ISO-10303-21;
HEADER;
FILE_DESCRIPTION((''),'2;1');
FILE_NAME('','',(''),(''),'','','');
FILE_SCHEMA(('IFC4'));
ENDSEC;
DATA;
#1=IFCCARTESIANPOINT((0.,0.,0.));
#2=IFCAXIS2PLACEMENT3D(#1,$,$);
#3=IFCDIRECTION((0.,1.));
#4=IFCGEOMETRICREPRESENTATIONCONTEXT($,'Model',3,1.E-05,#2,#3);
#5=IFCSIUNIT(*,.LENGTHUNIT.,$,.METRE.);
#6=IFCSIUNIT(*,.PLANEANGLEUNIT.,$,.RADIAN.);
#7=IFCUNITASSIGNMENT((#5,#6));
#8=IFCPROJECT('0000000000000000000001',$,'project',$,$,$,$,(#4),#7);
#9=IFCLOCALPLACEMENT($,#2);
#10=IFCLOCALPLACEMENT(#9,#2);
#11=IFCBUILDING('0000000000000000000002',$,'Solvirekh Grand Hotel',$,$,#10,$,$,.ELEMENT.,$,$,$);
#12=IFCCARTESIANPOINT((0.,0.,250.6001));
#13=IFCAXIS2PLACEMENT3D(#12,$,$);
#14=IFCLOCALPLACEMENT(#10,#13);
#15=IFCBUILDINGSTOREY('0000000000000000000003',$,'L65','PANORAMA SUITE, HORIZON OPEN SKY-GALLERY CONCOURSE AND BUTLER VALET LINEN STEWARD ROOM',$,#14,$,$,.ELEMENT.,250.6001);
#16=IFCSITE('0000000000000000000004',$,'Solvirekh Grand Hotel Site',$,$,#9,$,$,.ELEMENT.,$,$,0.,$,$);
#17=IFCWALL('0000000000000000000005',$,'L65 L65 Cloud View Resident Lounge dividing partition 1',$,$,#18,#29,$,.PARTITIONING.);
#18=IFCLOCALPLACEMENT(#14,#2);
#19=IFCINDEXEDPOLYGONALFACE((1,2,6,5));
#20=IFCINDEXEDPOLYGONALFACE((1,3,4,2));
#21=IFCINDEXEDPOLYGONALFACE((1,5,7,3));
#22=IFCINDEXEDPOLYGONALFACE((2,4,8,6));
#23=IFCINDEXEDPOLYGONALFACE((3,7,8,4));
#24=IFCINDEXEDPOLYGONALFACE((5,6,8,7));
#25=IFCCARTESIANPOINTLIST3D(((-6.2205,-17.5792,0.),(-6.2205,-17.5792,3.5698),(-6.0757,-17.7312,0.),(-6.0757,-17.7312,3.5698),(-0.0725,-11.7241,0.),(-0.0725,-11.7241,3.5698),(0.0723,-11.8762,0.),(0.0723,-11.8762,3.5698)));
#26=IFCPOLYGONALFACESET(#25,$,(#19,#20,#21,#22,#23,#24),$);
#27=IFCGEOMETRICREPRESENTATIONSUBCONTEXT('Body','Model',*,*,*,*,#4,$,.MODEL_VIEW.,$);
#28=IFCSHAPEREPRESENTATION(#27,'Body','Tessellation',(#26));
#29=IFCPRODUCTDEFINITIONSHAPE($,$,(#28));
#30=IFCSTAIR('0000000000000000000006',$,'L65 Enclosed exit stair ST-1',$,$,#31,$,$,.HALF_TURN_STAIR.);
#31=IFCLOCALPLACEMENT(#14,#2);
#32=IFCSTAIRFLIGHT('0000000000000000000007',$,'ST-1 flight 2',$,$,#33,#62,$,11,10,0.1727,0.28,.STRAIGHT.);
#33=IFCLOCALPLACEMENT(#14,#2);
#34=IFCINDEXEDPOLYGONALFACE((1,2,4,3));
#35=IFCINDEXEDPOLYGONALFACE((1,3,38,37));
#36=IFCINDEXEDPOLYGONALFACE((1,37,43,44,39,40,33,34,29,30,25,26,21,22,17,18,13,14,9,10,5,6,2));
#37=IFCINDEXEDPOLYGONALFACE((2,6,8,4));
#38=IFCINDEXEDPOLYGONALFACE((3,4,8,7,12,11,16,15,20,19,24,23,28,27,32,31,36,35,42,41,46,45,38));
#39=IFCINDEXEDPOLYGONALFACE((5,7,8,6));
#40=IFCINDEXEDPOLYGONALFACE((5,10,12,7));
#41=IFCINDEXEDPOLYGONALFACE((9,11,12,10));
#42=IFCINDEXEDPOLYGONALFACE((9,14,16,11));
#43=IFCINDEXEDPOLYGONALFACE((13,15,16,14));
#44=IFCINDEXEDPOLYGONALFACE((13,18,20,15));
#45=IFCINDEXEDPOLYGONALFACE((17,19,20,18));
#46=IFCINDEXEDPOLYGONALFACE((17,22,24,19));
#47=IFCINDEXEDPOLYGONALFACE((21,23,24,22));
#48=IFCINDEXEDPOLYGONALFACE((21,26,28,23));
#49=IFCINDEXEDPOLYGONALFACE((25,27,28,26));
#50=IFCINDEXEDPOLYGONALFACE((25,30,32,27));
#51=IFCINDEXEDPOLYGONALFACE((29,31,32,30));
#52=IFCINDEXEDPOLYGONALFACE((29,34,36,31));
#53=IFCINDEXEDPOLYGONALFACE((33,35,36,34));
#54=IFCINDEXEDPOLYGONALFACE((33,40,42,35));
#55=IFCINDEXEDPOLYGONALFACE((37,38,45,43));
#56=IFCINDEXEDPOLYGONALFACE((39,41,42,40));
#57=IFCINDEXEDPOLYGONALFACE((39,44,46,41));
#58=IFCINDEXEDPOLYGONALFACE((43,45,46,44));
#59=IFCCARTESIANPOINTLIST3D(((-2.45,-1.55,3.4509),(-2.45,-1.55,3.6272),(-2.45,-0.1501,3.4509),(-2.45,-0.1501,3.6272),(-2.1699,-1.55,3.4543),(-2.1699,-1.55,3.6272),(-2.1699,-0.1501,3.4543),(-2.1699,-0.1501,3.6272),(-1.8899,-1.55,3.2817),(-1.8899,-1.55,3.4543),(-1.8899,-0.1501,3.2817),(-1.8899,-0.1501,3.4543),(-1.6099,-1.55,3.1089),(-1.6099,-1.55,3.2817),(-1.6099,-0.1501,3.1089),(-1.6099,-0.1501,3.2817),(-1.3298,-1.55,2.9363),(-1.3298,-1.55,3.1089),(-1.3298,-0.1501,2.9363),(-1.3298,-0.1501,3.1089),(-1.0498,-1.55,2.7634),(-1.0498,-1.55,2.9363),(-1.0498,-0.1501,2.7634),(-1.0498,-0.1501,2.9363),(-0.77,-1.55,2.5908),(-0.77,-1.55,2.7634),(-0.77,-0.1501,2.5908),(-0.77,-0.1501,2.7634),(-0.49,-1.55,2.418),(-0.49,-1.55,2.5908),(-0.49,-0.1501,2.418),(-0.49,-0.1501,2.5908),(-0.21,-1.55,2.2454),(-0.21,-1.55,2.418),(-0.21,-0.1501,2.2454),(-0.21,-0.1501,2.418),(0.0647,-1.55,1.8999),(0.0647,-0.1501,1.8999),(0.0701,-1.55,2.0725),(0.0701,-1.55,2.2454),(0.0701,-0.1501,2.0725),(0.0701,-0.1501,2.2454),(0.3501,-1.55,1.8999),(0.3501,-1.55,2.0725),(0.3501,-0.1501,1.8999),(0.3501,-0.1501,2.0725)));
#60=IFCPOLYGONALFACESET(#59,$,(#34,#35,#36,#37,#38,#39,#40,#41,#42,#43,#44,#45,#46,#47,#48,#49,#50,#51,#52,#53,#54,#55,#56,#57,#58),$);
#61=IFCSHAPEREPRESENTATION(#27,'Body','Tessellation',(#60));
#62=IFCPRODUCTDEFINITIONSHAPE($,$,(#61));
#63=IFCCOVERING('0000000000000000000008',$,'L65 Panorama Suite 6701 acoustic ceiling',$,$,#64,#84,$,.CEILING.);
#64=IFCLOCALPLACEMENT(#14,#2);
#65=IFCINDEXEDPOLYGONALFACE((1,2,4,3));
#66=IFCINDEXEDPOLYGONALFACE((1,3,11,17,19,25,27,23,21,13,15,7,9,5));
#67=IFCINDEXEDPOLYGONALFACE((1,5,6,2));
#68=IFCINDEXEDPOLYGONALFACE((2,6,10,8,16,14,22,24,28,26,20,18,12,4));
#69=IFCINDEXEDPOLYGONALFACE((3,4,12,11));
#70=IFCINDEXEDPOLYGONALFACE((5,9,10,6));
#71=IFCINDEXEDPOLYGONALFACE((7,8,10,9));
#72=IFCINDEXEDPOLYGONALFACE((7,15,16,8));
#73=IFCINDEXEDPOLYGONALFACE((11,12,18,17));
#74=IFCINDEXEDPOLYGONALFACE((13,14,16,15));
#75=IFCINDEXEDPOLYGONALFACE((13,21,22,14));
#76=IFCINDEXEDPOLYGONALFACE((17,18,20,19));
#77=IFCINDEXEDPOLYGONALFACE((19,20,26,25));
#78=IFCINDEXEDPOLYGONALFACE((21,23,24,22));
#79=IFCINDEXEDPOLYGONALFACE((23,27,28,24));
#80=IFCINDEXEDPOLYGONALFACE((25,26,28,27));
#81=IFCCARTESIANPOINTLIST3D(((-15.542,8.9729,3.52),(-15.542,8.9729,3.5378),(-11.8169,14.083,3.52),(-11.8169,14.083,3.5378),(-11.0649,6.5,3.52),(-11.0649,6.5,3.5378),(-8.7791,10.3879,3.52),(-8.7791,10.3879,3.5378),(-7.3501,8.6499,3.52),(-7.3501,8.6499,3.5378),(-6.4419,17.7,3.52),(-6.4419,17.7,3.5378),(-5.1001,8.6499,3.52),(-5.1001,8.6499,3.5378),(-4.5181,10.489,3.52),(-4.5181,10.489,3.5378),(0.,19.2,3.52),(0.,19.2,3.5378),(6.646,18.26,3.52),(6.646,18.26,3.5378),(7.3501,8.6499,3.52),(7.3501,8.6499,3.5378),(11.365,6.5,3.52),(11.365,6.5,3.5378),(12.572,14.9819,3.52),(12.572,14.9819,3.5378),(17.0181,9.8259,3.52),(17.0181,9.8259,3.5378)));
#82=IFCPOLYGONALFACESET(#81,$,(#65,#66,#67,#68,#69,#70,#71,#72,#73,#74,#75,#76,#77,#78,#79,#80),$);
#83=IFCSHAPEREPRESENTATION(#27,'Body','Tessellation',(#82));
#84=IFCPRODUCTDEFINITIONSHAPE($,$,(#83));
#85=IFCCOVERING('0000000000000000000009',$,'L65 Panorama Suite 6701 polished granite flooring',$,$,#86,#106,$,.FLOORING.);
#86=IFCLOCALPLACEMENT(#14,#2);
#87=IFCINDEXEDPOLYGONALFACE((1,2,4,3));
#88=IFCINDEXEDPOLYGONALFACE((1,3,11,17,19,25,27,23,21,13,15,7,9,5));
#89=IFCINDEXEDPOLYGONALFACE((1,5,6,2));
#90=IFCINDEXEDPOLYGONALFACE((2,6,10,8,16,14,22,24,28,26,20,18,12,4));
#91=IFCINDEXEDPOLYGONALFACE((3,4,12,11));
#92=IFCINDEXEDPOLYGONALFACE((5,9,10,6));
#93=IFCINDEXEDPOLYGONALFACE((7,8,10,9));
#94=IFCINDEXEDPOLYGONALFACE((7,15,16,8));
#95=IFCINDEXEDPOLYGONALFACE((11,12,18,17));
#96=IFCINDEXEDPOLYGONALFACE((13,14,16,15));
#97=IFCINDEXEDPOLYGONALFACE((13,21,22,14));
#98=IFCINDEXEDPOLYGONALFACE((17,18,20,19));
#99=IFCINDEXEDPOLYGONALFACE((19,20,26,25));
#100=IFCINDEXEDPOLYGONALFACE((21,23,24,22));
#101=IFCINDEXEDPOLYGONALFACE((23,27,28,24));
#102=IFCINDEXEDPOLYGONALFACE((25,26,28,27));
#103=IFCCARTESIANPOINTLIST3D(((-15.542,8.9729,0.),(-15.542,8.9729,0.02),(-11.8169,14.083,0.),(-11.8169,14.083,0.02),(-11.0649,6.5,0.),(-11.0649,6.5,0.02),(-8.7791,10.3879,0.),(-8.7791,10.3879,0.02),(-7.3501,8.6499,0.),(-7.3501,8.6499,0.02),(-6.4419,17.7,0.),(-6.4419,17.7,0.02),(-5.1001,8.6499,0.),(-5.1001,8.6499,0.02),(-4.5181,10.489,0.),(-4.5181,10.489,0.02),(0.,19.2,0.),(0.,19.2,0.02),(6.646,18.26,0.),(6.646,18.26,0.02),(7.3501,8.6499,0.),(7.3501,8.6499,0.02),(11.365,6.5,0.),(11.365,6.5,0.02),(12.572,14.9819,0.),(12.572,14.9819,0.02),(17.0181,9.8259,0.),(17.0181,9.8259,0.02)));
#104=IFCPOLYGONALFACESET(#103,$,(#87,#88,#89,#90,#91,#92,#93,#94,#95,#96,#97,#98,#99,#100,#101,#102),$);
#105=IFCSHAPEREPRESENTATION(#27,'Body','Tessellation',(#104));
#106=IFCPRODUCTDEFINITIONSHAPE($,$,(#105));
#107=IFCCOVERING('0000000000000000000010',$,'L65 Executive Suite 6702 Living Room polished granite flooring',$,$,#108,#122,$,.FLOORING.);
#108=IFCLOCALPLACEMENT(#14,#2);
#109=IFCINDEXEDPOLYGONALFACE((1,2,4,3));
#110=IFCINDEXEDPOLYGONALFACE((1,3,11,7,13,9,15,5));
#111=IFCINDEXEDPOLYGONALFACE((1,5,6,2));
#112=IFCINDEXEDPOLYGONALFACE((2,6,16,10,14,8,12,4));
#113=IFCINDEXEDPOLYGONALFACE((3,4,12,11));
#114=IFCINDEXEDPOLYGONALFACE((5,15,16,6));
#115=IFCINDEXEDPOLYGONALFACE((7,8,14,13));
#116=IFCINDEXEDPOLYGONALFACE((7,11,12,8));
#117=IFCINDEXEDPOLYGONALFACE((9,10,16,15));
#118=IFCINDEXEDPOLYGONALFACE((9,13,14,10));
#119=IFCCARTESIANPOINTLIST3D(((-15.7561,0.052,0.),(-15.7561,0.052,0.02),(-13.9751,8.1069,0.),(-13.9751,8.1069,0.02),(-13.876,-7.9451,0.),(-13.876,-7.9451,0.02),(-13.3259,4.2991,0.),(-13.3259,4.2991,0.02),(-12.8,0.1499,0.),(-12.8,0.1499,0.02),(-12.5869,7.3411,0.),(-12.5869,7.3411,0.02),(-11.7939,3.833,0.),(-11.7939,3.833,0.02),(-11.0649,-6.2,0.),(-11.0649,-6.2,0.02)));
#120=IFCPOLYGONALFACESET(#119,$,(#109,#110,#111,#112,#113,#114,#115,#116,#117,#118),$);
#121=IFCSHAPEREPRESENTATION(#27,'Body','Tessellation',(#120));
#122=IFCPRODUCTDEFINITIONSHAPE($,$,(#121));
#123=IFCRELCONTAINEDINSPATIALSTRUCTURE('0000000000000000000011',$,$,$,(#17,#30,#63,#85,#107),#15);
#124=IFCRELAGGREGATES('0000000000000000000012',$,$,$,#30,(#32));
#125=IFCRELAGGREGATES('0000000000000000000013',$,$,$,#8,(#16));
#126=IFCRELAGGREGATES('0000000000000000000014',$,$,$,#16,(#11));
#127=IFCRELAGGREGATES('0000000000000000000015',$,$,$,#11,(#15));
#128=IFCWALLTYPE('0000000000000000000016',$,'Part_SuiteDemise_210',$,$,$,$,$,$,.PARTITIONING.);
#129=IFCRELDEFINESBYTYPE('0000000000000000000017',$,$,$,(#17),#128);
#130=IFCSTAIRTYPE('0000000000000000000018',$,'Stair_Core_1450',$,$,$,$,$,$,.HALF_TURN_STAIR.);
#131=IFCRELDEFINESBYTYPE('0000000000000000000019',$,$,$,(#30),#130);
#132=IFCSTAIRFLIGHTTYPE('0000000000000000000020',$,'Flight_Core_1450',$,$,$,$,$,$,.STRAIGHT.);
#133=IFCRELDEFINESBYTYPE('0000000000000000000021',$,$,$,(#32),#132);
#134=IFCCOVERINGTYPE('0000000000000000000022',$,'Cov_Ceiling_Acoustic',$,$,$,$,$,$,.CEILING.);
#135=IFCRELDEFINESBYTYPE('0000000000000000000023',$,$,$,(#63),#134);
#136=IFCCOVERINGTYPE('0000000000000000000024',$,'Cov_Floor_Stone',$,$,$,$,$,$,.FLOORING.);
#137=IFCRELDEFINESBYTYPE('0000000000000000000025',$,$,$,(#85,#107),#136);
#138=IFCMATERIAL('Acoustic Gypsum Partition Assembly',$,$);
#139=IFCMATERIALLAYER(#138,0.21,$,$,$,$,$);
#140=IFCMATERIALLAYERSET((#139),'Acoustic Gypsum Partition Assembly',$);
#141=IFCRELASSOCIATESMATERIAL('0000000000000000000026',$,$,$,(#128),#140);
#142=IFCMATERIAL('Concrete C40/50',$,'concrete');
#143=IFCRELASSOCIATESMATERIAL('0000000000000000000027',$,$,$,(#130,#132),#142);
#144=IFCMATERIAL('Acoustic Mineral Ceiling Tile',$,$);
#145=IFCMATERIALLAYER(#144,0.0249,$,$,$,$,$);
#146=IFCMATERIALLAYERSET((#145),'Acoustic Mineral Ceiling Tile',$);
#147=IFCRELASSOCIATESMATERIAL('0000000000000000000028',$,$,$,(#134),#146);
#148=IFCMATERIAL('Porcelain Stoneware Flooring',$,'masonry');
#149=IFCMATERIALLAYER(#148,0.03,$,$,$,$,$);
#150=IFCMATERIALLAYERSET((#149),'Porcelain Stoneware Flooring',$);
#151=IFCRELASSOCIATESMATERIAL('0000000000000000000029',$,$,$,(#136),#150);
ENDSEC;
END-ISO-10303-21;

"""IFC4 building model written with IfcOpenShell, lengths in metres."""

from ifc_helpers import new_model, si_unit, direction, frame, frame_2d, origin, place, context, subcontext, project, spatial, polyline, rectangle, outline, extrude, material, layer, layer_set, type_object, element, aggregate, save


model = new_model("IFC4")

# Units and contexts
model_context = context("Model", 3, precision=1e-05, world=origin(), true_north=direction((0.0, 1.0)))
body_context = subcontext(model_context, "Body", "Model", "MODEL_VIEW")
ifc_project = project(units=[si_unit("LENGTHUNIT", "METRE"), si_unit("PLANEANGLEUNIT", "RADIAN")], contexts=[model_context])

# Site, building, storey
site_placement = place(None, origin())
site = spatial("IfcSite", under=ifc_project, at=site_placement, Name="Solvirekh Grand Hotel Site", CompositionType="ELEMENT", RefElevation=0.0)
building_placement = place(site_placement, origin())
building = spatial("IfcBuilding", under=site, at=building_placement, Name="Solvirekh Grand Hotel", CompositionType="ELEMENT")
storey_placement = place(building_placement, frame((0.0, 0.0, 250.6001)))
storey = spatial("IfcBuildingStorey", under=building, at=storey_placement, Name="L65", Description="PANORAMA SUITE, HORIZON OPEN SKY-GALLERY CONCOURSE AND BUTLER VALET LINEN STEWARD ROOM", CompositionType="ELEMENT", Elevation=250.6001)

# Shared definitions
ifc_material_1 = material(Name="Concrete C40/50", Category="concrete")

# Shared definitions
ifc_material_2 = material(Name="Acoustic Gypsum Partition Assembly")

# Wall
ifc_layer_1 = layer(ifc_material_2, 0.21)
ifc_layer_set_1 = layer_set([ifc_layer_1], Name="Acoustic Gypsum Partition Assembly")
wall_type_1 = type_object("IfcWallType", Name="Part_SuiteDemise_210", PredefinedType="PARTITIONING", material=ifc_layer_set_1)
wall_1_placement = place(storey_placement, frame((0.0, -11.8, 0.0), z_axis=(0.0, 0.0, 1.0), x_axis=(-0.72415, -0.689642, 0.0)))
element("IfcWall", 1, at=wall_1_placement, inside=storey, type_object=wall_type_1, Name="L65 L65 Cloud View Resident Lounge dividing partition 1", PredefinedType="PARTITIONING", context=body_context, shape_type="SweptSolid", body=[
    extrude(rectangle(XDim=8.49, YDim=0.21, at=frame_2d((4.2451, 0.0))), origin(), (0.0, 0.0, 1.0), 3.5698),
])

# Stair, stair flight
stair_type = type_object("IfcStairType", Name="Stair_Core_1450", PredefinedType="HALF_TURN_STAIR", material=ifc_material_1)
stair_placement = place(storey_placement, origin())
stair = element("IfcStair", 2, at=stair_placement, inside=storey, type_object=stair_type, Name="L65 Enclosed exit stair ST-1", PredefinedType="HALF_TURN_STAIR")
stair_flight_type = type_object("IfcStairFlightType", Name="Flight_Core_1450", PredefinedType="STRAIGHT", material=ifc_material_1)
stair_flight_placement = place(storey_placement, frame((0.3501, -0.8501, 1.8999), z_axis=(0.0, 0.0, 1.0), x_axis=(-1.0, 0.0, 0.0)))
stair_flight = element("IfcStairFlight", 3, at=stair_flight_placement, type_object=stair_flight_type, Name="ST-1 flight 2", NumberOfRisers=11, NumberOfTreads=10, PredefinedType="STRAIGHT", RiserHeight=0.1727, TreadLength=0.28, context=body_context, shape_type="SweptSolid", body=[
    extrude(outline(polyline([(0.0, 0.0), (0.0, 0.1726), (0.28, 0.1726), (0.28, 0.3455), (0.5601, 0.3455), (0.5601, 0.5181), (0.8401, 0.5181), (0.8401, 0.6909), (1.1201, 0.6909), (1.1201, 0.8635), (1.3999, 0.8635), (1.3999, 1.0364), (1.6799, 1.0364), (1.6799, 1.209), (1.96, 1.209), (1.96, 1.3818), (2.24, 1.3818), (2.24, 1.5544), (2.52, 1.5544), (2.52, 1.7273), (2.8, 1.7273), (2.8, 1.8999), (2.8, 1.551), (0.2854, 0.0), (0.0, 0.0)])), frame((0.0, 0.7, 0.0), z_axis=(0.0, -1.0, 0.0), x_axis=(1.0, 0.0, 0.0)), (0.0, 0.0, 1.0), 1.3999),
])
aggregate(stair, [stair_flight])

# Coverings
ifc_material_3 = material(Name="Acoustic Mineral Ceiling Tile")
ifc_layer_2 = layer(ifc_material_3, 0.0249)
ifc_layer_set_2 = layer_set([ifc_layer_2], Name="Acoustic Mineral Ceiling Tile")
covering_type_1 = type_object("IfcCoveringType", Name="Cov_Ceiling_Acoustic", PredefinedType="CEILING", material=ifc_layer_set_2)
covering_1_placement = place(storey_placement, frame((0.0, 0.0, 3.52)))
element("IfcCovering", 4, at=covering_1_placement, inside=storey, type_object=covering_type_1, Name="L65 Panorama Suite 6701 acoustic ceiling", PredefinedType="CEILING", context=body_context, shape_type="SweptSolid", body=[
    extrude(outline(polyline([(-7.3501, 8.6499), (-8.7791, 10.3879), (-4.5181, 10.489), (-5.1001, 8.6499), (7.3501, 8.6499), (11.365, 6.5), (17.0181, 9.8259), (12.572, 14.9819), (6.646, 18.26), (0.0, 19.2), (-6.4419, 17.7), (-11.8169, 14.083), (-15.542, 8.9729), (-11.0649, 6.5), (-7.3501, 8.6499)])), origin(), (0.0, 0.0, 1.0), 0.0178),
])
ifc_material_4 = material(Name="Porcelain Stoneware Flooring", Category="masonry")
ifc_layer_3 = layer(ifc_material_4, 0.03)
ifc_layer_set_3 = layer_set([ifc_layer_3], Name="Porcelain Stoneware Flooring")
covering_type_2 = type_object("IfcCoveringType", Name="Cov_Floor_Stone", PredefinedType="FLOORING", material=ifc_layer_set_3)
covering_2_placement = place(storey_placement, origin())
element("IfcCovering", 5, at=covering_2_placement, inside=storey, type_object=covering_type_2, Name="L65 Panorama Suite 6701 polished granite flooring", PredefinedType="FLOORING", context=body_context, shape_type="SweptSolid", body=[
    extrude(outline(polyline([(-7.3501, 8.6499), (-8.7791, 10.3879), (-4.5181, 10.489), (-5.1001, 8.6499), (7.3501, 8.6499), (11.365, 6.5), (17.0181, 9.8259), (12.572, 14.9819), (6.646, 18.26), (0.0, 19.2), (-6.4419, 17.7), (-11.8169, 14.083), (-15.542, 8.9729), (-11.0649, 6.5), (-7.3501, 8.6499)])), origin(), (0.0, 0.0, 1.0), 0.02),
])
covering_3_placement = place(storey_placement, origin())
element("IfcCovering", 6, at=covering_3_placement, inside=storey, type_object=covering_type_2, Name="L65 Executive Suite 6702 Living Room polished granite flooring", PredefinedType="FLOORING", context=body_context, shape_type="SweptSolid", body=[
    extrude(outline(polyline([(-13.3259, 4.2991), (-12.5869, 7.3411), (-13.9751, 8.1069), (-15.7561, 0.052), (-13.876, -7.9451), (-11.0649, -6.2), (-12.8, 0.1499), (-11.7939, 3.833), (-13.3259, 4.2991)])), origin(), (0.0, 0.0, 1.0), 0.02),
])

save(model, "model.ifc")
